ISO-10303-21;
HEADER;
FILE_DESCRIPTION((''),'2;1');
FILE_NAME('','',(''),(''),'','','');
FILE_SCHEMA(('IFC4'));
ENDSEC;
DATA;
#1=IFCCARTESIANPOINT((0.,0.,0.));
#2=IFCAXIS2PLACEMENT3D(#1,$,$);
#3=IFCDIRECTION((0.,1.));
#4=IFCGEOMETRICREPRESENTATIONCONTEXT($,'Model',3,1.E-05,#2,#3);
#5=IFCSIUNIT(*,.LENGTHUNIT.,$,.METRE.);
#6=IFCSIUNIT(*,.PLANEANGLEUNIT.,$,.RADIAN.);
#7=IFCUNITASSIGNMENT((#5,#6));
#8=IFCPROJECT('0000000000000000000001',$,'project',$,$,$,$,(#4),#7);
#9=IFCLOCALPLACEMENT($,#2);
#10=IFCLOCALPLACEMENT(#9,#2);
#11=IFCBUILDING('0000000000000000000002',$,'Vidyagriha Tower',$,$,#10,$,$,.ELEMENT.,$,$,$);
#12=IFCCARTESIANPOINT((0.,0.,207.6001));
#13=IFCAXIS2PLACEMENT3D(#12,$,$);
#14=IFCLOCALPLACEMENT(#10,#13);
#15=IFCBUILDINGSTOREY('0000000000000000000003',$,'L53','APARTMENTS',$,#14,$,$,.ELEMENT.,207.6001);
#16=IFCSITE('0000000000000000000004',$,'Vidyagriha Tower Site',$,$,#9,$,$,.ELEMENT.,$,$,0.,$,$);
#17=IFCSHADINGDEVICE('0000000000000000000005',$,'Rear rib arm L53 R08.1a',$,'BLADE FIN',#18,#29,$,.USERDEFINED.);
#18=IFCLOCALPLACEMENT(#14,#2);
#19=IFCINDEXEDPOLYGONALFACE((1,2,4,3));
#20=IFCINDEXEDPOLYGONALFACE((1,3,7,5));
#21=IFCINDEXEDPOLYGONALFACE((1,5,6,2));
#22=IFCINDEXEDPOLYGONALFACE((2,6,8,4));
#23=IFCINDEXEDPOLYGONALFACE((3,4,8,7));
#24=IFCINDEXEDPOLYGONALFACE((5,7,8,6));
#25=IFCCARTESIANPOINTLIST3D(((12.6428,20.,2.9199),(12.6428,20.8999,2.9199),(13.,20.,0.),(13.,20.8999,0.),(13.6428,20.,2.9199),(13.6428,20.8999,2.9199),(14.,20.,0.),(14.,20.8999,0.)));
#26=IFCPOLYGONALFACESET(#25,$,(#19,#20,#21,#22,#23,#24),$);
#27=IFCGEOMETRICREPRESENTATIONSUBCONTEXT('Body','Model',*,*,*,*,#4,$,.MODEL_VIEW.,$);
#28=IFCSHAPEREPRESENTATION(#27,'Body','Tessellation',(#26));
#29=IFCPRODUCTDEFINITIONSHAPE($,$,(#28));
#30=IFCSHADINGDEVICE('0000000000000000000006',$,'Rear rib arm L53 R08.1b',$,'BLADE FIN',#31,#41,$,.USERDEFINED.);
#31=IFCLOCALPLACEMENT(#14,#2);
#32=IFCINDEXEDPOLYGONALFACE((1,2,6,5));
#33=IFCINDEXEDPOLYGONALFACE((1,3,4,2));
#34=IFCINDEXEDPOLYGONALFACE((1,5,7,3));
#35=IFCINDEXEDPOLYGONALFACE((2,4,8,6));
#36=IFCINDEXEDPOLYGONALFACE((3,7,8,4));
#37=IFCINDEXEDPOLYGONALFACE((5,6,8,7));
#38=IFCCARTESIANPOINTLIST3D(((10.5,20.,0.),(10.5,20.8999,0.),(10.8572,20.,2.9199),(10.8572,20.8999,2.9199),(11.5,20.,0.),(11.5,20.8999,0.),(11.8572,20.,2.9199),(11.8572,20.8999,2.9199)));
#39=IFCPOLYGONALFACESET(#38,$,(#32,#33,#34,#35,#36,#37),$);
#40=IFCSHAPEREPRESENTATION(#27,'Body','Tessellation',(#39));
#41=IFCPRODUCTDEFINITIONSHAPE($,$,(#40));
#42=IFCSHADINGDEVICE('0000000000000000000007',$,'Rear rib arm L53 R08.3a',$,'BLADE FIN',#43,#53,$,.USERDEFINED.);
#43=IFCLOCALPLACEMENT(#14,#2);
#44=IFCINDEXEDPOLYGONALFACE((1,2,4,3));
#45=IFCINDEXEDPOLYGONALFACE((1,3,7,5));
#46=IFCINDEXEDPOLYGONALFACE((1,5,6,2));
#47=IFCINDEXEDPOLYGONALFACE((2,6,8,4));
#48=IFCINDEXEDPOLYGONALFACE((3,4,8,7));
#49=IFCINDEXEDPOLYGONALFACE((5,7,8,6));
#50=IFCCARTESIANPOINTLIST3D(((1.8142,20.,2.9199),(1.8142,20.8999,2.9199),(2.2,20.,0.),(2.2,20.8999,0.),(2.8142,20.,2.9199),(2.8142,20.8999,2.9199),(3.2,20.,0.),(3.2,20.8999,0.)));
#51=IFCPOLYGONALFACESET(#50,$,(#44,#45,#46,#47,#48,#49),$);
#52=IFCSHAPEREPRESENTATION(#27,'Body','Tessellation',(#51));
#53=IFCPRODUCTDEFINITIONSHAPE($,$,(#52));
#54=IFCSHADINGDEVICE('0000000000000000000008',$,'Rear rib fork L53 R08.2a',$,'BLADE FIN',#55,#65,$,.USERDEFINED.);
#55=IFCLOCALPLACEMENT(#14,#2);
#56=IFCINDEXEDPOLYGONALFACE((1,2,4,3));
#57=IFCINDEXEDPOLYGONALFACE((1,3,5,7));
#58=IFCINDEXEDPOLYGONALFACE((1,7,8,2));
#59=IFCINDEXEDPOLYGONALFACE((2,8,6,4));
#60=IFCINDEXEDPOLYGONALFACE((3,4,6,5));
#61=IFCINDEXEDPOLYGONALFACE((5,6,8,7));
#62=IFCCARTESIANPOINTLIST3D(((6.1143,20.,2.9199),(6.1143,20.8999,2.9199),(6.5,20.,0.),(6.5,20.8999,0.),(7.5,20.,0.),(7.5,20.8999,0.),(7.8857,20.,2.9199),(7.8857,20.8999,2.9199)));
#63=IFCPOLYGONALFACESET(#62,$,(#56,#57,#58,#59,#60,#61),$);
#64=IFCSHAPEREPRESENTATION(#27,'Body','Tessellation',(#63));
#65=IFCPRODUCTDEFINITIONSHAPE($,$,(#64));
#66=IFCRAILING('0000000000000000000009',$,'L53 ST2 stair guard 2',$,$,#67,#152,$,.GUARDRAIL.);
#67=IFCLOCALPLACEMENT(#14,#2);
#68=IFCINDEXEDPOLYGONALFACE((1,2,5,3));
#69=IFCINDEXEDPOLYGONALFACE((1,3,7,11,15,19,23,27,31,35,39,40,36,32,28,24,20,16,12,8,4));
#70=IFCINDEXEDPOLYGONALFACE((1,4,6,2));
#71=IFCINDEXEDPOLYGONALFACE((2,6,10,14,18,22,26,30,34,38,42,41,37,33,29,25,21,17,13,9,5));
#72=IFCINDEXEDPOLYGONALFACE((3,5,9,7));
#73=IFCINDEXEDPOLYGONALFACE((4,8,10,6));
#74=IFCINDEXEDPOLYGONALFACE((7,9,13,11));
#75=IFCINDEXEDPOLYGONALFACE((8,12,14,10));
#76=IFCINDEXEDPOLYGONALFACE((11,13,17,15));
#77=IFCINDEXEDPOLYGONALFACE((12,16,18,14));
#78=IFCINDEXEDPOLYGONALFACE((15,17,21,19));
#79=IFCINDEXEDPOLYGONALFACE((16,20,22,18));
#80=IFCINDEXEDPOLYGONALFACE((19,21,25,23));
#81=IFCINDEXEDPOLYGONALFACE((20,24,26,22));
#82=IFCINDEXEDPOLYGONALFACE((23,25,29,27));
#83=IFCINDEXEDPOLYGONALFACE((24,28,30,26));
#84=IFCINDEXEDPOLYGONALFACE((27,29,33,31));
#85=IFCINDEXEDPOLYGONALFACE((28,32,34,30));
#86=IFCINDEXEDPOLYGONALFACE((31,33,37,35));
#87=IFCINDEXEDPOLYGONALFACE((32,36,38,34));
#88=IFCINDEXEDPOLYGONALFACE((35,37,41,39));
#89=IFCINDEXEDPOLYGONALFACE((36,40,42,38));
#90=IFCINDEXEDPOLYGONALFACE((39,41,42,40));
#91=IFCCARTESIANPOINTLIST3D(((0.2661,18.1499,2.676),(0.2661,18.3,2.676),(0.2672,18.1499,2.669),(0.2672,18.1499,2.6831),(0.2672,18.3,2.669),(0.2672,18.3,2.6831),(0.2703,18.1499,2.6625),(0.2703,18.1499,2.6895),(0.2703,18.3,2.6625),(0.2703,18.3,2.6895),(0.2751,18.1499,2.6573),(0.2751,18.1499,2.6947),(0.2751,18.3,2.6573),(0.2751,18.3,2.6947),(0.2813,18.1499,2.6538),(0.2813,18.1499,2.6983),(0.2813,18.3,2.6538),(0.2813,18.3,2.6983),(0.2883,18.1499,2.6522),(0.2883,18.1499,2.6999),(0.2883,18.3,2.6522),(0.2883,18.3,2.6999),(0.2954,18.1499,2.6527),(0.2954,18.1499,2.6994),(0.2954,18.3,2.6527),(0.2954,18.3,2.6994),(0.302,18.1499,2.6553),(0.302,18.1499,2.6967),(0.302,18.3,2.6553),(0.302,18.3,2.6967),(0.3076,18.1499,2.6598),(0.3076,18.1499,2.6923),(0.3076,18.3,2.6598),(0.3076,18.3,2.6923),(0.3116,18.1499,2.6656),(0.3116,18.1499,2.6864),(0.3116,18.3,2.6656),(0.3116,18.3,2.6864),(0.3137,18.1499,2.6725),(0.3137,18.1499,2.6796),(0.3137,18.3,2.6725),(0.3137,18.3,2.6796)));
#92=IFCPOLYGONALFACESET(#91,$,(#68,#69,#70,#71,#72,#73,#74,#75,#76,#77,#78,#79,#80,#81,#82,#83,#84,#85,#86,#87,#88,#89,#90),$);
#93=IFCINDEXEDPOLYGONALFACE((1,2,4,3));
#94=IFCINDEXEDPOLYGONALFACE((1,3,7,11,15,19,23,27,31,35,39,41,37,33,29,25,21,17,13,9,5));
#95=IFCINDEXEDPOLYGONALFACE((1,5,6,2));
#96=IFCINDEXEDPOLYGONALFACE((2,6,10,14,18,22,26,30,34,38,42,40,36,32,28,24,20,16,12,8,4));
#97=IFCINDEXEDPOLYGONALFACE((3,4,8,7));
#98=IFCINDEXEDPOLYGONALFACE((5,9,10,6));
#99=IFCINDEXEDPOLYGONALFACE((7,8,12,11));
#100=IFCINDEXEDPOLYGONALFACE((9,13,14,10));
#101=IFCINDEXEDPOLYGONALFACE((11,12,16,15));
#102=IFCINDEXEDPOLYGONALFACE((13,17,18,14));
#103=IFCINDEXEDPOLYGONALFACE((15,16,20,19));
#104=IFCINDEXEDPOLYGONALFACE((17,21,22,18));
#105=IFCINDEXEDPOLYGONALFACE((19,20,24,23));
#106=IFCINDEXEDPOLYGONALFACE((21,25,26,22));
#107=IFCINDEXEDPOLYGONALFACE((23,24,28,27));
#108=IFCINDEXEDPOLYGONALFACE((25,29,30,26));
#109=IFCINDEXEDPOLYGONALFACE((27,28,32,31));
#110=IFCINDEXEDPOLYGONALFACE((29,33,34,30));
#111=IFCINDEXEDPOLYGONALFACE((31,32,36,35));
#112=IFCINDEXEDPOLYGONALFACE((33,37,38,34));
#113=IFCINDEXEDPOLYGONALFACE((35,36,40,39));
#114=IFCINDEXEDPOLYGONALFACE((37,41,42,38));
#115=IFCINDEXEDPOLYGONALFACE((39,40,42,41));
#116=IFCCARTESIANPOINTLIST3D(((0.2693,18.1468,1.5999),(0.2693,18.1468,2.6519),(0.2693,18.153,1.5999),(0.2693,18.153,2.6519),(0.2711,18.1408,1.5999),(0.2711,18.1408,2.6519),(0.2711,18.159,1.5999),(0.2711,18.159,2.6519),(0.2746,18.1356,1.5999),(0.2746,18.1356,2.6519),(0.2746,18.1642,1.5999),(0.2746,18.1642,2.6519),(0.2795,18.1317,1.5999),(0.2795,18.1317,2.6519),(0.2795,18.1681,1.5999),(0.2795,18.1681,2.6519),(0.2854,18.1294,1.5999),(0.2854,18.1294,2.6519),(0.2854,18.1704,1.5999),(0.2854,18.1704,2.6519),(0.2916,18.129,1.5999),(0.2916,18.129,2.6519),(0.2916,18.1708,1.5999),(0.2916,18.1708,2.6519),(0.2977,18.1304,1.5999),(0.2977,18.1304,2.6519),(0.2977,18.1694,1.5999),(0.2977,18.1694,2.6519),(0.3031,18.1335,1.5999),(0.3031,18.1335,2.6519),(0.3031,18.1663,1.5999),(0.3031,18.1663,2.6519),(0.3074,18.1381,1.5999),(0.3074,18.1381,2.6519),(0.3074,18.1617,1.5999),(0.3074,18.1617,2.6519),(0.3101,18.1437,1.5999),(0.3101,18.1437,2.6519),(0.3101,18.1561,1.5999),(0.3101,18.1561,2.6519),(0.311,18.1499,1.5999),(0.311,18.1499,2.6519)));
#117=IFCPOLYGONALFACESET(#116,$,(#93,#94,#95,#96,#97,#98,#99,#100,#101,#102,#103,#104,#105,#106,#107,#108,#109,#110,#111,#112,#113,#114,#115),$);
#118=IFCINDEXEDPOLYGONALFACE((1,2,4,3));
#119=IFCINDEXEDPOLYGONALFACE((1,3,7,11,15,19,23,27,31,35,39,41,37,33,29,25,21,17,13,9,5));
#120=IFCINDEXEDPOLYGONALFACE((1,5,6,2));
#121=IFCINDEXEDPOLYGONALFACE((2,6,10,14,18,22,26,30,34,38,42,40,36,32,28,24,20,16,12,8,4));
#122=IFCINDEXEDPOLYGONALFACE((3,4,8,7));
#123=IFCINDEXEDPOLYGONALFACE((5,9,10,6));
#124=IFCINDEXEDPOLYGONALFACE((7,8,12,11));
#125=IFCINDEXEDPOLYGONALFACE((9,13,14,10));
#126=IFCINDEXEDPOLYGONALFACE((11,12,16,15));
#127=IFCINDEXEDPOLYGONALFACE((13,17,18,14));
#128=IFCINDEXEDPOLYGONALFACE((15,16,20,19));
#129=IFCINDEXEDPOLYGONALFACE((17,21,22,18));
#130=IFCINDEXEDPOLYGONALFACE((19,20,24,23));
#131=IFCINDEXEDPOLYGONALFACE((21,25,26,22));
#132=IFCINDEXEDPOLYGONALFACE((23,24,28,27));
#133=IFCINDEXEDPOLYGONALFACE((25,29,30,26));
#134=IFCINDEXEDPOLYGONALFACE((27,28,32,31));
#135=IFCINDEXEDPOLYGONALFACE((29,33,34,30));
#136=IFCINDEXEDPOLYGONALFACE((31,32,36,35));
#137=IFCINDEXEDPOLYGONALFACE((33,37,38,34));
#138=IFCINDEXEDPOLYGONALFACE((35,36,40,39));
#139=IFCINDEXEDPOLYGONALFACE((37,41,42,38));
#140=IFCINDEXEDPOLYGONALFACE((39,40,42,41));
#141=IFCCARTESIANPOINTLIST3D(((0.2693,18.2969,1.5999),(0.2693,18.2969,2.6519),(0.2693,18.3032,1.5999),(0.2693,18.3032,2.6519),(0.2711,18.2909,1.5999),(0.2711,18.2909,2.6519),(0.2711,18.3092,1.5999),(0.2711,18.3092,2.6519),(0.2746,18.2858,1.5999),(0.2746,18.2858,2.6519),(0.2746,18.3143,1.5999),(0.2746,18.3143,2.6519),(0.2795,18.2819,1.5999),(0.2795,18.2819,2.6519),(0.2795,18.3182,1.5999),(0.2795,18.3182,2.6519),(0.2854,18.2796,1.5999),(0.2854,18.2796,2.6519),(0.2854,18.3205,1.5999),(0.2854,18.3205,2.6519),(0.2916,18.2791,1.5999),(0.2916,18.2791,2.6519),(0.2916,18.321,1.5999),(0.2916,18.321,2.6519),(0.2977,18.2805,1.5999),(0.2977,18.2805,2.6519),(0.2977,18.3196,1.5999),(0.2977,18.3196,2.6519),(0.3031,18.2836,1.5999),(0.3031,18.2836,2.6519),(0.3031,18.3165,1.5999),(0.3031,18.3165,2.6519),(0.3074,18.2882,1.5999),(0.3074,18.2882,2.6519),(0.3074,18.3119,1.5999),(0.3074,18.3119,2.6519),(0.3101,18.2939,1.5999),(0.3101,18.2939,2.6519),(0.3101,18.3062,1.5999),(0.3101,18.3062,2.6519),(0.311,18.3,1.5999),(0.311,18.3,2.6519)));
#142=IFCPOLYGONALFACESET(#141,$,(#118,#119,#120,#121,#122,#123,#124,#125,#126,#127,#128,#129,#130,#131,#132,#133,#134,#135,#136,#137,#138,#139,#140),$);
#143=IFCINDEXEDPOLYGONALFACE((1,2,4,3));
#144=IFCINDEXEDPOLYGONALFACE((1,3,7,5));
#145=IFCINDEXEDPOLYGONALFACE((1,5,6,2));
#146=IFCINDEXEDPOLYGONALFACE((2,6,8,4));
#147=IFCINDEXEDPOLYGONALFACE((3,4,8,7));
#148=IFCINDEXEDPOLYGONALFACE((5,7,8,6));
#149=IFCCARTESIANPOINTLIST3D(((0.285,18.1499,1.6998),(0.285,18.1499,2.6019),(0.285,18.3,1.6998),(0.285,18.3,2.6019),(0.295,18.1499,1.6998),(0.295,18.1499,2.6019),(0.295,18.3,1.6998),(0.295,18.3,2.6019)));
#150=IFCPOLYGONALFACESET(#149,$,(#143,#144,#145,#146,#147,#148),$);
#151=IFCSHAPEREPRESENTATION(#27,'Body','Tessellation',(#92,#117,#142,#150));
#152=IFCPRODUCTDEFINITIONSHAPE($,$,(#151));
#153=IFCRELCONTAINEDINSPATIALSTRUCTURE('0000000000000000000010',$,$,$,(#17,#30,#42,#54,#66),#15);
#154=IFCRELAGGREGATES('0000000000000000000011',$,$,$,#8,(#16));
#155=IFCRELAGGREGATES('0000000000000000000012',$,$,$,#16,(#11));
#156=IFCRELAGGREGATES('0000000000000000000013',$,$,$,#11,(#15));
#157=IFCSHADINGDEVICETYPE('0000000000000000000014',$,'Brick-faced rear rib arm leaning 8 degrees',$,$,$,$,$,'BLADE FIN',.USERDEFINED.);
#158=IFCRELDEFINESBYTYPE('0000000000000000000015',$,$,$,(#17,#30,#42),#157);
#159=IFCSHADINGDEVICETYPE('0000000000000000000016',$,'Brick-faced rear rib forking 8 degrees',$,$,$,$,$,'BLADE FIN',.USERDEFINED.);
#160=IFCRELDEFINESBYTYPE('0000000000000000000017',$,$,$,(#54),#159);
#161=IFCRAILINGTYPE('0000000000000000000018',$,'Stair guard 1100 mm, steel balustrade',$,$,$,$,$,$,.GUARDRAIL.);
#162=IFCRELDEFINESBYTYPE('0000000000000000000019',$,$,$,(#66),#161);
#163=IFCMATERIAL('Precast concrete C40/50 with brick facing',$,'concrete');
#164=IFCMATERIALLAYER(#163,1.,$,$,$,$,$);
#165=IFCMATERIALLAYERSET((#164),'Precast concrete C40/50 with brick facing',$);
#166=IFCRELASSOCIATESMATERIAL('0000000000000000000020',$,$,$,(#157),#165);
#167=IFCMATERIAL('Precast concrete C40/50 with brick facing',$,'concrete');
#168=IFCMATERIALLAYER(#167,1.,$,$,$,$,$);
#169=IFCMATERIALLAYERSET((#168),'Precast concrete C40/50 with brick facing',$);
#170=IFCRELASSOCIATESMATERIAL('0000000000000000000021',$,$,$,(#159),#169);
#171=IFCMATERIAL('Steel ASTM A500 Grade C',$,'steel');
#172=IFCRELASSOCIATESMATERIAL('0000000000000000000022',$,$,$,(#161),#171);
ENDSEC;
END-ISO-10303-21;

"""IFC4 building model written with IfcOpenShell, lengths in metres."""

from ifc_helpers import new_model, si_unit, direction, frame, origin, origin_2d, place, context, subcontext, project, spatial, polyline, rectangle, circle, outline, extrude, material, layer, layer_set, type_object, element, save


model = new_model("IFC4")

# Units and contexts
model_context = context("Model", 3, precision=1e-05, world=origin(), true_north=direction((0.0, 1.0)))
body_context = subcontext(model_context, "Body", "Model", "MODEL_VIEW")
ifc_project = project(units=[si_unit("LENGTHUNIT", "METRE"), si_unit("PLANEANGLEUNIT", "RADIAN")], contexts=[model_context])

# Site, building, storey
site_placement = place(None, origin())
site = spatial("IfcSite", under=ifc_project, at=site_placement, Name="Vidyagriha Tower Site", CompositionType="ELEMENT", RefElevation=0.0)
building_placement = place(site_placement, origin())
building = spatial("IfcBuilding", under=site, at=building_placement, Name="Vidyagriha Tower", CompositionType="ELEMENT")
storey_placement = place(building_placement, frame((0.0, 0.0, 207.6001)))
storey = spatial("IfcBuildingStorey", under=building, at=storey_placement, Name="L53", Description="APARTMENTS", CompositionType="ELEMENT", Elevation=207.6001)

# Shading devices
ifc_material_1 = material(Name="Precast concrete C40/50 with brick facing", Category="concrete")
ifc_layer_1 = layer(ifc_material_1, 1.0)
ifc_layer_set_1 = layer_set([ifc_layer_1], Name="Precast concrete C40/50 with brick facing")
shading_device_type_1 = type_object("IfcShadingDeviceType", Name="Brick-faced rear rib arm leaning 8 degrees", ElementType="BLADE FIN", PredefinedType="USERDEFINED", material=ifc_layer_set_1)
shading_device_1_placement = place(storey_placement, frame((14.0, 20.45, 0.0), z_axis=(0.0, 0.0, 1.0), x_axis=(-1.0, 0.0, 0.0)))
element("IfcShadingDevice", 1, at=shading_device_1_placement, inside=storey, type_object=shading_device_type_1, Name="Rear rib arm L53 R08.1a", ObjectType="BLADE FIN", PredefinedType="USERDEFINED", context=body_context, shape_type="SweptSolid", body=[
    extrude(outline(polyline([(0.0, 0.0), (1.0, 0.0), (1.3572, 2.9199), (0.3572, 2.9199), (0.0, 0.0)])), frame((0.0, 0.45, 0.0), z_axis=(0.0, -1.0, 0.0), x_axis=(1.0, 0.0, 0.0)), (0.0, 0.0, 1.0), 0.8999),
])
shading_device_2_placement = place(storey_placement, frame((11.8572, 20.45, 0.0), z_axis=(0.0, 0.0, 1.0), x_axis=(-1.0, 0.0, 0.0)))
element("IfcShadingDevice", 2, at=shading_device_2_placement, inside=storey, type_object=shading_device_type_1, Name="Rear rib arm L53 R08.1b", ObjectType="BLADE FIN", PredefinedType="USERDEFINED", context=body_context, shape_type="SweptSolid", body=[
    extrude(outline(polyline([(0.3572, 0.0), (1.3572, 0.0), (1.0, 2.9199), (0.0, 2.9199), (0.3572, 0.0)])), frame((0.0, 0.45, 0.0), z_axis=(0.0, -1.0, 0.0), x_axis=(1.0, 0.0, 0.0)), (0.0, 0.0, 1.0), 0.8999),
])
shading_device_3_placement = place(storey_placement, frame((3.2, 20.45, 0.0), z_axis=(0.0, 0.0, 1.0), x_axis=(-1.0, 0.0, 0.0)))
element("IfcShadingDevice", 3, at=shading_device_3_placement, inside=storey, type_object=shading_device_type_1, Name="Rear rib arm L53 R08.3a", ObjectType="BLADE FIN", PredefinedType="USERDEFINED", context=body_context, shape_type="SweptSolid", body=[
    extrude(outline(polyline([(0.0, 0.0), (1.0, 0.0), (1.3857, 2.9199), (0.3857, 2.9199), (0.0, 0.0)])), frame((0.0, 0.45, 0.0), z_axis=(0.0, -1.0, 0.0), x_axis=(1.0, 0.0, 0.0)), (0.0, 0.0, 1.0), 0.8999),
])
ifc_material_2 = material(Name="Precast concrete C40/50 with brick facing", Category="concrete")
ifc_layer_2 = layer(ifc_material_2, 1.0)
ifc_layer_set_2 = layer_set([ifc_layer_2], Name="Precast concrete C40/50 with brick facing")
shading_device_type_2 = type_object("IfcShadingDeviceType", Name="Brick-faced rear rib forking 8 degrees", ElementType="BLADE FIN", PredefinedType="USERDEFINED", material=ifc_layer_set_2)
shading_device_4_placement = place(storey_placement, frame((7.8857, 20.45, 0.0), z_axis=(0.0, 0.0, 1.0), x_axis=(-1.0, 0.0, 0.0)))
element("IfcShadingDevice", 4, at=shading_device_4_placement, inside=storey, type_object=shading_device_type_2, Name="Rear rib fork L53 R08.2a", ObjectType="BLADE FIN", PredefinedType="USERDEFINED", context=body_context, shape_type="SweptSolid", body=[
    extrude(outline(polyline([(0.3857, 0.0), (1.3857, 0.0), (1.7715, 2.9199), (0.0, 2.9199), (0.3857, 0.0)])), frame((0.0, 0.45, 0.0), z_axis=(0.0, -1.0, 0.0), x_axis=(1.0, 0.0, 0.0)), (0.0, 0.0, 1.0), 0.8999),
])

# Railing
ifc_material_3 = material(Name="Steel ASTM A500 Grade C", Category="steel")
railing_type_1 = type_object("IfcRailingType", Name="Stair guard 1100 mm, steel balustrade", PredefinedType="GUARDRAIL", material=ifc_material_3)
railing_1_placement = place(storey_placement, frame((0.29, 18.1499, 1.5999)))
element("IfcRailing", 5, at=railing_1_placement, inside=storey, type_object=railing_type_1, Name="L53 ST2 stair guard 2", PredefinedType="GUARDRAIL", context=body_context, shape_type="SweptSolid", body=[
    extrude(circle(Radius=0.0239, at=origin_2d()), frame((0.0, 0.0, 1.0762), z_axis=(0.0, 1.0, 0.0), x_axis=(-1.0, 0.0, 0.0)), (0.0, 0.0, 1.0), 0.1501),
    extrude(circle(Radius=0.021, at=origin_2d()), origin(), (0.0, 0.0, 1.0), 1.052),
    extrude(circle(Radius=0.021, at=origin_2d()), frame((0.0, 0.1501, 0.0)), (0.0, 0.0, 1.0), 1.052),
    extrude(rectangle(XDim=0.01, YDim=0.9021, at=origin_2d()), frame((0.0, 0.0, 0.551), z_axis=(0.0, 1.0, 0.0), x_axis=(-1.0, 0.0, 0.0)), (0.0, 0.0, 1.0), 0.1501),
])

save(model, "model.ifc")
